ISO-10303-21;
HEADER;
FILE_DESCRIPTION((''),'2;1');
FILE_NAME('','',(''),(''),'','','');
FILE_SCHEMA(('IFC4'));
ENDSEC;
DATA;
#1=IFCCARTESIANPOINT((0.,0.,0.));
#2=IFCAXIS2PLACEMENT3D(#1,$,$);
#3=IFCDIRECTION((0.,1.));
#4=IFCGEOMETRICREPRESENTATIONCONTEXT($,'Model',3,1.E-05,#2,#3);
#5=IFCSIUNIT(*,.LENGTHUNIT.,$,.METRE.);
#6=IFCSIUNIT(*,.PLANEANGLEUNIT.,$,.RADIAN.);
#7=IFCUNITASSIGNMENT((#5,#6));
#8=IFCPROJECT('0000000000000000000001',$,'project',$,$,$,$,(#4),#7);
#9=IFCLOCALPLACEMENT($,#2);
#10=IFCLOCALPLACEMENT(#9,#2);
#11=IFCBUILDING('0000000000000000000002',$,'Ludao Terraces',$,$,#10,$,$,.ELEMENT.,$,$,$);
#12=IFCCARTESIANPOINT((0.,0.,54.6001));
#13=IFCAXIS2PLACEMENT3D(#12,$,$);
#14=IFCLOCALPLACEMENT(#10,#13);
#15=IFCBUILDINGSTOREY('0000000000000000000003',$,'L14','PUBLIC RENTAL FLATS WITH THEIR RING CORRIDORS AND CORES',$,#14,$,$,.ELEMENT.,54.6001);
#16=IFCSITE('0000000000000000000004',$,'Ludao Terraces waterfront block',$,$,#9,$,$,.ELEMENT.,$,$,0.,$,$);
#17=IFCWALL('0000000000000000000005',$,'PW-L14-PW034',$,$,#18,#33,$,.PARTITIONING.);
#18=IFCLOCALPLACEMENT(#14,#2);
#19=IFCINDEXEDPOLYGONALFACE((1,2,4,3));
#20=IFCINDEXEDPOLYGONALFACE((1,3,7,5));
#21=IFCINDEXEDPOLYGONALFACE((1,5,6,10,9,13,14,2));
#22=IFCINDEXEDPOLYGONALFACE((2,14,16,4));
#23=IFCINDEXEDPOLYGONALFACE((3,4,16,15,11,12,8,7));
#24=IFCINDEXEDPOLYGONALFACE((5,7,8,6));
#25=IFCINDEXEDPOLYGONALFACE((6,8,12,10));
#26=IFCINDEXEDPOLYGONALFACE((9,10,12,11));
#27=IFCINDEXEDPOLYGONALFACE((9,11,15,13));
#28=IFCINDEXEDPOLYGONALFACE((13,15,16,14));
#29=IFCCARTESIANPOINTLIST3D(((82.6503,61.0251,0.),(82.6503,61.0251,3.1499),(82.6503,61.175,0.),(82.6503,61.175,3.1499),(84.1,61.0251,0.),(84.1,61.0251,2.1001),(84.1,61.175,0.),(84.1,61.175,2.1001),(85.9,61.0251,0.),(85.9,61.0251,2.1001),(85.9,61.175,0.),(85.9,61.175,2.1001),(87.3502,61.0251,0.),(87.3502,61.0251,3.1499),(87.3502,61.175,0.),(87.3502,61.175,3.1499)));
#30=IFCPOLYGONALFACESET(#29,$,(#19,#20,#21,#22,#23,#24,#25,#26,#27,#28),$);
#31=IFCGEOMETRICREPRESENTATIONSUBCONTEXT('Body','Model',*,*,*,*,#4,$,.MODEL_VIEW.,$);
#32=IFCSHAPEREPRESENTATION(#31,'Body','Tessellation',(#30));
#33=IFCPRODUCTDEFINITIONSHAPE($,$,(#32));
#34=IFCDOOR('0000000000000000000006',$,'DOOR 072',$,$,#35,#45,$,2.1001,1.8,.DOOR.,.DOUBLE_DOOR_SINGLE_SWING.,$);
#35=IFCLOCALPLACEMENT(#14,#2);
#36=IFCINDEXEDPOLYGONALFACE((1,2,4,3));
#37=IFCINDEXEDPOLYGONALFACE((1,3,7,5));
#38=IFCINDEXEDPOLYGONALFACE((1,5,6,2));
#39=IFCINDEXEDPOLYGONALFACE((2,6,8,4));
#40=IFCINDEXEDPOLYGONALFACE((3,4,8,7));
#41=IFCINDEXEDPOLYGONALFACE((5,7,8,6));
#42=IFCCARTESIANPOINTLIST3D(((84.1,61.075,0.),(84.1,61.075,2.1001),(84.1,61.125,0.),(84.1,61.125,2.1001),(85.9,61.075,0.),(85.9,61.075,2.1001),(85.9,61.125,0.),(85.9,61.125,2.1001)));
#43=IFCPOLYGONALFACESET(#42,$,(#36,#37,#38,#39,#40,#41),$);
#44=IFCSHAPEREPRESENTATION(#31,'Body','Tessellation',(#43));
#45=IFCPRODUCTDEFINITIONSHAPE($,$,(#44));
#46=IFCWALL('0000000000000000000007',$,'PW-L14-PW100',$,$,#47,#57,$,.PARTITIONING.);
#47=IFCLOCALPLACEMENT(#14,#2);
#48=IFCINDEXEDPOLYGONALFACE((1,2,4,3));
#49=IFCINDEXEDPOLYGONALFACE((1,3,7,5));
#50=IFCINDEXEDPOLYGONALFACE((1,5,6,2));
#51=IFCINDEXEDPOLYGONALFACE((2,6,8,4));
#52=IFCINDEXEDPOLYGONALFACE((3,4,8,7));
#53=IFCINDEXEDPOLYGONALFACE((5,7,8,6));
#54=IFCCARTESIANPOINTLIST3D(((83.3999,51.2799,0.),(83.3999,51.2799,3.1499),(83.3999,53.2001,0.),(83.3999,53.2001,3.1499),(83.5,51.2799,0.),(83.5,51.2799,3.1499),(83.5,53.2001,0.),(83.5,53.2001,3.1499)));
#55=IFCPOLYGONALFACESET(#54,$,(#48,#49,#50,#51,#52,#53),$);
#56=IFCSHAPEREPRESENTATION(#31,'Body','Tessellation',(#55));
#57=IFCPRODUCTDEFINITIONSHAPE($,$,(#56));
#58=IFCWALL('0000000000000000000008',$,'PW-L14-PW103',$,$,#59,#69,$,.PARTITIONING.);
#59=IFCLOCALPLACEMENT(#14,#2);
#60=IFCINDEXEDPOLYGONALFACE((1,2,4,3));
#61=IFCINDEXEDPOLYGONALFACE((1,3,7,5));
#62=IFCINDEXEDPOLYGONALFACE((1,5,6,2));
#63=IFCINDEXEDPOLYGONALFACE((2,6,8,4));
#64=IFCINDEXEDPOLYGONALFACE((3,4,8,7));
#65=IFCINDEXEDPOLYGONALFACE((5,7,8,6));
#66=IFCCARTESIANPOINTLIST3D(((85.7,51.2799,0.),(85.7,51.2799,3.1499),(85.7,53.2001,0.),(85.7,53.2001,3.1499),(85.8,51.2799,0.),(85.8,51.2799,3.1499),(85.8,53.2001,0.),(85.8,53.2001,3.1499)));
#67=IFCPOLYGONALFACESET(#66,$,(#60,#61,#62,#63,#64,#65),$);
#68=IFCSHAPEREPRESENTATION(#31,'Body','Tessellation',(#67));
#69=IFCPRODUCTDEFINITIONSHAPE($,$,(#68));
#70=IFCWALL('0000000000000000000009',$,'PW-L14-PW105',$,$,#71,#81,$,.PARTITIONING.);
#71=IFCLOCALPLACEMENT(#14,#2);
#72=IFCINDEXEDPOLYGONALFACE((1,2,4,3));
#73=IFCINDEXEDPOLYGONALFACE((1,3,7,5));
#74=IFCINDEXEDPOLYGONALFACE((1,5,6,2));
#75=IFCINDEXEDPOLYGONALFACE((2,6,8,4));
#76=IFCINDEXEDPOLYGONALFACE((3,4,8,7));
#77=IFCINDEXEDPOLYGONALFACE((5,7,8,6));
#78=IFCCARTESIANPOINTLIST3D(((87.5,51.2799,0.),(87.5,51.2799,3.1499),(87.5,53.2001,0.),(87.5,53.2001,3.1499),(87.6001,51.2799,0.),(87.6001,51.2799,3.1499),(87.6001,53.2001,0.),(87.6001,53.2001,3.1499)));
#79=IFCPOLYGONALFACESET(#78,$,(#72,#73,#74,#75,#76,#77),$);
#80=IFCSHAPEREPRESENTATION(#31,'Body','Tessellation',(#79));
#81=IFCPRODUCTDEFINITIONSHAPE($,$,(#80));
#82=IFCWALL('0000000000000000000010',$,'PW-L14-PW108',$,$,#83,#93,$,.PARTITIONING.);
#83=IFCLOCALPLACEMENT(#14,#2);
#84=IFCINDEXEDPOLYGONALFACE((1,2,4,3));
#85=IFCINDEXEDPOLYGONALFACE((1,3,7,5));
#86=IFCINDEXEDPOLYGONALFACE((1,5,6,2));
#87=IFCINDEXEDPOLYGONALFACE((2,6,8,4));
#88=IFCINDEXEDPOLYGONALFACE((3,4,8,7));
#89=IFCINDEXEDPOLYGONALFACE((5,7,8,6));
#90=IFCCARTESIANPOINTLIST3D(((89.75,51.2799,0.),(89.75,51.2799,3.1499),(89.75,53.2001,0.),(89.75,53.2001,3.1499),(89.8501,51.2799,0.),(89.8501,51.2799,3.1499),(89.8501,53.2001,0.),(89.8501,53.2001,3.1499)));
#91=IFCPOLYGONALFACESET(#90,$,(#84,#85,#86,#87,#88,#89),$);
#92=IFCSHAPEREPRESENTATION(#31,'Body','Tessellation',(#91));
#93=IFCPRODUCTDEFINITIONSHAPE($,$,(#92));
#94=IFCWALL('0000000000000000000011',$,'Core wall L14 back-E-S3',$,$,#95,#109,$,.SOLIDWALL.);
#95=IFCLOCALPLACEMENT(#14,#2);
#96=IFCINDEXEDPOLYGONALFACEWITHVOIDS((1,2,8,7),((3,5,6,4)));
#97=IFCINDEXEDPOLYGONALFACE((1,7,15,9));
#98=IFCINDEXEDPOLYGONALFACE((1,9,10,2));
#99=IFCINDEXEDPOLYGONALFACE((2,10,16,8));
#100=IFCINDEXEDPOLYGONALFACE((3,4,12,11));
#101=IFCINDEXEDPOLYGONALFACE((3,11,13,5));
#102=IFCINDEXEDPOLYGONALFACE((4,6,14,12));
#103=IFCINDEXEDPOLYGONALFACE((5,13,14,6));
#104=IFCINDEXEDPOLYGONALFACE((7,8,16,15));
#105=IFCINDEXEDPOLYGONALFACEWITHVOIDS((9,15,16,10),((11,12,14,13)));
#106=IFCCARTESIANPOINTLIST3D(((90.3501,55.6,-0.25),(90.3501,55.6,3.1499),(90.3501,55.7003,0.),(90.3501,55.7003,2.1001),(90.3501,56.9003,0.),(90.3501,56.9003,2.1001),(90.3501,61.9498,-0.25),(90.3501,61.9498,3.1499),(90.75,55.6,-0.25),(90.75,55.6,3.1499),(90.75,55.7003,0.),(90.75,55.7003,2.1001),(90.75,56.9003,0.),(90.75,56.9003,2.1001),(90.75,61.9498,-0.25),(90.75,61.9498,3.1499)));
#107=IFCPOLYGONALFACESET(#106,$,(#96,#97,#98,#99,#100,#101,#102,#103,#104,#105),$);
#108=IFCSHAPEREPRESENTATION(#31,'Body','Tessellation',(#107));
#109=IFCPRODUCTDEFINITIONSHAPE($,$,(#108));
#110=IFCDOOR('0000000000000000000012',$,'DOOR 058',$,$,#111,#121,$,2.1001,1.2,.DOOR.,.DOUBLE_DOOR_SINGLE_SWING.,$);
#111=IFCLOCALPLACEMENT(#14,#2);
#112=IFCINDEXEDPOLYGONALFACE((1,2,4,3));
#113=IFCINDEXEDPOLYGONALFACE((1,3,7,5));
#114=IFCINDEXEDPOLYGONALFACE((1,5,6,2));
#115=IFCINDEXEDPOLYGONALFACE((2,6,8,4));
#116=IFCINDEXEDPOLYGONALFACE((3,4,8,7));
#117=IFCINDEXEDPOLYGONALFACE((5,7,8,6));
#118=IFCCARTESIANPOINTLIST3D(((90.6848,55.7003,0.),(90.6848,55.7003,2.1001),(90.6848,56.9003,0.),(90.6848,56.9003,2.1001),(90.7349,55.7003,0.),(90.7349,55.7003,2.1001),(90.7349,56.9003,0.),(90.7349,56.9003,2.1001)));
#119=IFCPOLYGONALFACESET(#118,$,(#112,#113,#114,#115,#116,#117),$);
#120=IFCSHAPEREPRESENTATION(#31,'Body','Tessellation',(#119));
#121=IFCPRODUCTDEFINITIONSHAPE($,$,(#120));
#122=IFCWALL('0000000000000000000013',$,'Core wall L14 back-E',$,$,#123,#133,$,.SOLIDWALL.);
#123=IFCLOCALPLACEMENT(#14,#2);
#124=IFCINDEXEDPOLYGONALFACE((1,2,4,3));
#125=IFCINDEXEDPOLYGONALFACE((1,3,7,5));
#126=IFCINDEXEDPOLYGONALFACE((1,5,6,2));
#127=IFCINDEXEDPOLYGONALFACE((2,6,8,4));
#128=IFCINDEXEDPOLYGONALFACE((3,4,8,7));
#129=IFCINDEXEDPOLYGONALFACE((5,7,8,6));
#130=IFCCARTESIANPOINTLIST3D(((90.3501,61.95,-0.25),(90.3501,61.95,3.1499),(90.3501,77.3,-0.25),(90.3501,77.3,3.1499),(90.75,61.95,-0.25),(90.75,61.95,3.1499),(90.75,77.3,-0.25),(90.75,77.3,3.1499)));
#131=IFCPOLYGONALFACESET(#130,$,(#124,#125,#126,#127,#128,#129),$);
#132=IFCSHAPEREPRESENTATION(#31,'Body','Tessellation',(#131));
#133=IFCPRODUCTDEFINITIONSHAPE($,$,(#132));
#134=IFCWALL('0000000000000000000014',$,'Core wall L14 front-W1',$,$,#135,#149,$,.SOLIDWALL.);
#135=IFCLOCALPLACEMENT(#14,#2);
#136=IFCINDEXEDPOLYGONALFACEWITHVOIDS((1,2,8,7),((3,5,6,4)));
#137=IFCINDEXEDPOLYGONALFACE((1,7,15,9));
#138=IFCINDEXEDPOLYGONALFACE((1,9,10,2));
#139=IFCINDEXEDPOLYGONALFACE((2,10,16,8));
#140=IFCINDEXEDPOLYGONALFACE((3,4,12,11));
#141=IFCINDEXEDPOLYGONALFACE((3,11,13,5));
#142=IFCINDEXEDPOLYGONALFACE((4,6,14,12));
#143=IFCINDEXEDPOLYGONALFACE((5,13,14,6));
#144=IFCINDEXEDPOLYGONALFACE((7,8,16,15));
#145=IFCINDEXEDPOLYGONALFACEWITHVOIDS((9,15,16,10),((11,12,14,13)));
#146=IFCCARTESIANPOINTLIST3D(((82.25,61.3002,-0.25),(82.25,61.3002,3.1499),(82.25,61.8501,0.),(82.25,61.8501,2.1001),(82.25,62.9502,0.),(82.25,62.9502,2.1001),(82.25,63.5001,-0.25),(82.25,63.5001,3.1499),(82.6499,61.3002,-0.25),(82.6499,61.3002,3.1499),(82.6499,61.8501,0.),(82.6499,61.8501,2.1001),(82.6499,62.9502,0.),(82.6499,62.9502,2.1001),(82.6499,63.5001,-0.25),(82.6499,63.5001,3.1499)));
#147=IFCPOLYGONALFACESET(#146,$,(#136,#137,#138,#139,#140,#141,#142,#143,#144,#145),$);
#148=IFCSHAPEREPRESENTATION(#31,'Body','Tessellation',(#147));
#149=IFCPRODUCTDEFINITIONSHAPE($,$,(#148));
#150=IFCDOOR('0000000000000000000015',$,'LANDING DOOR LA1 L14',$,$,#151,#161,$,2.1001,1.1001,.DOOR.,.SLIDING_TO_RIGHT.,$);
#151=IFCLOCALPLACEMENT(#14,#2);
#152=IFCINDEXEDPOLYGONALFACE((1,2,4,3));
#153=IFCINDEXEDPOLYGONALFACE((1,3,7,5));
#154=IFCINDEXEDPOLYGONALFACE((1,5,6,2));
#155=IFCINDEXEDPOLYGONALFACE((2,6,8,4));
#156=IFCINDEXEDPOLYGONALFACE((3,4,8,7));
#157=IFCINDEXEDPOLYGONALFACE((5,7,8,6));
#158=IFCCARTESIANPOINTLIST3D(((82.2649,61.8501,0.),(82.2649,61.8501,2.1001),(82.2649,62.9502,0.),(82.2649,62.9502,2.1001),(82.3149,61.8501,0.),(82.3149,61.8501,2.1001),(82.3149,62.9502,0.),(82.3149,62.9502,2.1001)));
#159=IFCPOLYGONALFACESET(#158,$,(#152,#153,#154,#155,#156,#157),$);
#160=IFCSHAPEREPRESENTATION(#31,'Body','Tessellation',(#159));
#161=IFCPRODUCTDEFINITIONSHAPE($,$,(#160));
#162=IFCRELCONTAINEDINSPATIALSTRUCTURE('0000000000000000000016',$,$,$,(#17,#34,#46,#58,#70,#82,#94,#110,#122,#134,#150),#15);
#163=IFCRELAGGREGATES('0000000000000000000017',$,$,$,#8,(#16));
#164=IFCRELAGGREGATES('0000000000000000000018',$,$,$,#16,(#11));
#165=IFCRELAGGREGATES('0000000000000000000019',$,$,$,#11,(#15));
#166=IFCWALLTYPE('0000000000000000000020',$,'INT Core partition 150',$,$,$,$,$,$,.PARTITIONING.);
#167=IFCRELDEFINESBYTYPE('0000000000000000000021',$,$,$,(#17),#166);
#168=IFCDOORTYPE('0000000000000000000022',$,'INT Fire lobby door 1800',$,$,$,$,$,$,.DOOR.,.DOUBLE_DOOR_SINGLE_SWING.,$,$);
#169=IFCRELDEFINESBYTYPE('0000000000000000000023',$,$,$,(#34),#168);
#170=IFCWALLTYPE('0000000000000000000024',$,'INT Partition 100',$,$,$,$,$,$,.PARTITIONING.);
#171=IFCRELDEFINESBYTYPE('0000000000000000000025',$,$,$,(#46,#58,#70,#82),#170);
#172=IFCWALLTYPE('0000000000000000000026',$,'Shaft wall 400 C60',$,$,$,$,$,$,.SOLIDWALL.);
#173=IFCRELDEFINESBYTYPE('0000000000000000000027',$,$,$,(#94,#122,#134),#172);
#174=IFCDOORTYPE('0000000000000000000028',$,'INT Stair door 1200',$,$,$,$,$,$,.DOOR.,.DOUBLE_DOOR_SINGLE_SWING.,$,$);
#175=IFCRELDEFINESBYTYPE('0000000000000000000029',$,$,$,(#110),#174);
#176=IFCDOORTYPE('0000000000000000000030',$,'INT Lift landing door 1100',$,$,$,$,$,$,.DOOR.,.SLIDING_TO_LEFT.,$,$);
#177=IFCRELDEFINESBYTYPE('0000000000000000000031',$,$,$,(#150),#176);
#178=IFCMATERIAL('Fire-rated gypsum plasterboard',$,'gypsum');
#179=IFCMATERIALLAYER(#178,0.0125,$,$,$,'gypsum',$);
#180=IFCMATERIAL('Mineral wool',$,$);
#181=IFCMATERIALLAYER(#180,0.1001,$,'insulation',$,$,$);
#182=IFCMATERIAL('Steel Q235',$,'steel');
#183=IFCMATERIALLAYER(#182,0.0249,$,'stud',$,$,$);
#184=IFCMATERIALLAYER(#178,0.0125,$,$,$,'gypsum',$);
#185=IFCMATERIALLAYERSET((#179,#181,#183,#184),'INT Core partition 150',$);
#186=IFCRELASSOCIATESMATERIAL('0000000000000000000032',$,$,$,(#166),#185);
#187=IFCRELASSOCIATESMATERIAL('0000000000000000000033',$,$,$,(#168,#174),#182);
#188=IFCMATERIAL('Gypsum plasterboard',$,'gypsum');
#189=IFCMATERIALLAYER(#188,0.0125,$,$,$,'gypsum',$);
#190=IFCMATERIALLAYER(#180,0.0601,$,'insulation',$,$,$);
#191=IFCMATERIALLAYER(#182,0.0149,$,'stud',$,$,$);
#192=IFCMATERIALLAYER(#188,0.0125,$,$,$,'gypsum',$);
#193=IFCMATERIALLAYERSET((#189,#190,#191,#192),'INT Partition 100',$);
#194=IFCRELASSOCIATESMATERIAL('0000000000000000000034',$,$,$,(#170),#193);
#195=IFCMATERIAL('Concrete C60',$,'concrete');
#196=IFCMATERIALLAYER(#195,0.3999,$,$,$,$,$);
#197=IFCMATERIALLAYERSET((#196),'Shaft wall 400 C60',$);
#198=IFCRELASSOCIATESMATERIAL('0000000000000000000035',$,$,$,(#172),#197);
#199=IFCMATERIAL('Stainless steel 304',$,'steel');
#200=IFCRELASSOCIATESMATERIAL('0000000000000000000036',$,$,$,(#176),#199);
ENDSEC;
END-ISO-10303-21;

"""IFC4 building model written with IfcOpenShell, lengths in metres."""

from ifc_helpers import new_model, si_unit, direction, frame, frame_2d, origin, place, context, subcontext, project, spatial, rectangle, extrude, material, layer, layer_set, type_object, element, fill, save


model = new_model("IFC4")

# Units and contexts
model_context = context("Model", 3, precision=1e-05, world=origin(), true_north=direction((0.0, 1.0)))
body_context = subcontext(model_context, "Body", "Model", "MODEL_VIEW")
ifc_project = project(units=[si_unit("LENGTHUNIT", "METRE"), si_unit("PLANEANGLEUNIT", "RADIAN")], contexts=[model_context])

# Site, building, storey
site_placement = place(None, origin())
site = spatial("IfcSite", under=ifc_project, at=site_placement, Name="Ludao Terraces waterfront block", CompositionType="ELEMENT", RefElevation=0.0)
building_placement = place(site_placement, origin())
building = spatial("IfcBuilding", under=site, at=building_placement, Name="Ludao Terraces", CompositionType="ELEMENT")
storey_placement = place(building_placement, frame((0.0, 0.0, 54.6001)))
storey = spatial("IfcBuildingStorey", under=building, at=storey_placement, Name="L14", Description="PUBLIC RENTAL FLATS WITH THEIR RING CORRIDORS AND CORES", CompositionType="ELEMENT", Elevation=54.6001)

# Wall, opening, door
ifc_material_1 = material(Name="Fire-rated gypsum plasterboard", Category="gypsum")
ifc_layer_1 = layer(ifc_material_1, 0.0125, Category="gypsum")
ifc_material_2 = material(Name="Mineral wool")
ifc_layer_2 = layer(ifc_material_2, 0.1001, Name="insulation")
ifc_material_3 = material(Name="Steel Q235", Category="steel")
ifc_layer_3 = layer(ifc_material_3, 0.0249, Name="stud")
ifc_layer_4 = layer(ifc_material_1, 0.0125, Category="gypsum")
ifc_layer_set_1 = layer_set([ifc_layer_1, ifc_layer_2, ifc_layer_3, ifc_layer_4], Name="INT Core partition 150")
wall_type_1 = type_object("IfcWallType", Name="INT Core partition 150", PredefinedType="PARTITIONING", material=ifc_layer_set_1)
wall_1_placement = place(storey_placement, frame((82.6501, 61.1001, 0.0), z_axis=(0.0, 0.0, 1.0), x_axis=(1.0, 0.0, 0.0)))
wall_1 = element("IfcWall", 1, at=wall_1_placement, inside=storey, type_object=wall_type_1, Name="PW-L14-PW034", PredefinedType="PARTITIONING", context=body_context, shape_type="SweptSolid", body=[
    extrude(rectangle(XDim=4.7, YDim=0.1499, at=frame_2d((2.3501, 0.0))), origin(), (0.0, 0.0, 1.0), 3.1499),
])
opening_1_placement = place(wall_1_placement, frame((1.45, 0.0, 0.0)))
opening_1 = element("IfcOpeningElement", 2, at=opening_1_placement, cuts=wall_1, PredefinedType="OPENING", context=body_context, shape_type="SweptSolid", body=[
    extrude(rectangle(XDim=1.8, YDim=2.1001, at=frame_2d((0.8999, 1.05))), frame((0.0, 0.085, 0.0), z_axis=(0.0, -1.0, 0.0), x_axis=(1.0, 0.0, 0.0)), (0.0, 0.0, 1.0), 0.1699),
])
door_type_1 = type_object("IfcDoorType", Name="INT Fire lobby door 1800", OperationType="DOUBLE_DOOR_SINGLE_SWING", PredefinedType="DOOR", material=ifc_material_3)
door_1_placement = place(opening_1_placement, origin())
door_1 = element("IfcDoor", 3, at=door_1_placement, inside=storey, type_object=door_type_1, Name="DOOR 072", OperationType="DOUBLE_DOOR_SINGLE_SWING", OverallHeight=2.1001, OverallWidth=1.8, PredefinedType="DOOR", context=body_context, shape_type="SweptSolid", body=[
    extrude(rectangle(XDim=1.8, YDim=2.1001, at=frame_2d((0.8999, 1.05))), frame((0.0, 0.0249, 0.0), z_axis=(0.0, -1.0, 0.0), x_axis=(1.0, 0.0, 0.0)), (0.0, 0.0, 1.0), 0.05),
])
fill(opening_1, door_1)

# Walls
ifc_material_4 = material(Name="Gypsum plasterboard", Category="gypsum")
ifc_layer_5 = layer(ifc_material_4, 0.0125, Category="gypsum")
ifc_layer_6 = layer(ifc_material_2, 0.0601, Name="insulation")
ifc_layer_7 = layer(ifc_material_3, 0.0149, Name="stud")
ifc_layer_8 = layer(ifc_material_4, 0.0125, Category="gypsum")
ifc_layer_set_2 = layer_set([ifc_layer_5, ifc_layer_6, ifc_layer_7, ifc_layer_8], Name="INT Partition 100")
wall_type_2 = type_object("IfcWallType", Name="INT Partition 100", PredefinedType="PARTITIONING", material=ifc_layer_set_2)
for number, where, z_axis, x_axis, name in (
    (4, (83.45, 51.28, 0.0), (0.0, 0.0, 1.0), (0.0, 1.0, 0.0), "PW-L14-PW100"),
    (5, (85.75, 51.28, 0.0), (0.0, 0.0, 1.0), (0.0, 1.0, 0.0), "PW-L14-PW103"),
    (6, (87.55, 51.28, 0.0), (0.0, 0.0, 1.0), (0.0, 1.0, 0.0), "PW-L14-PW105"),
    (7, (89.8, 51.28, 0.0), (0.0, 0.0, 1.0), (0.0, 1.0, 0.0), "PW-L14-PW108"),
):
    element("IfcWall", number, at=place(storey_placement, frame(where, z_axis=z_axis, x_axis=x_axis)), inside=storey, type_object=wall_type_2, Name=name, PredefinedType="PARTITIONING", context=body_context, shape_type="SweptSolid", body=[
        extrude(rectangle(XDim=1.9202, YDim=0.1001, at=frame_2d((0.96, 0.0))), origin(), (0.0, 0.0, 1.0), 3.1499),
    ])

# Wall, opening, door
ifc_material_5 = material(Name="Concrete C60", Category="concrete")
ifc_layer_9 = layer(ifc_material_5, 0.3999)
ifc_layer_set_3 = layer_set([ifc_layer_9], Name="Shaft wall 400 C60")
wall_type_3 = type_object("IfcWallType", Name="Shaft wall 400 C60", PredefinedType="SOLIDWALL", material=ifc_layer_set_3)
wall_2_placement = place(storey_placement, frame((90.55, 55.6001, -0.25), z_axis=(0.0, 0.0, 1.0), x_axis=(0.0, 1.0, 0.0)))
wall_2 = element("IfcWall", 8, at=wall_2_placement, inside=storey, type_object=wall_type_3, Name="Core wall L14 back-E-S3", PredefinedType="SOLIDWALL", context=body_context, shape_type="SweptSolid", body=[
    extrude(rectangle(XDim=6.3499, YDim=0.3999, at=frame_2d((3.1748, 0.0))), origin(), (0.0, 0.0, 1.0), 3.3999),
])
opening_2_placement = place(wall_2_placement, frame((0.1001, 0.0, 0.25)))
opening_2 = element("IfcOpeningElement", 9, at=opening_2_placement, cuts=wall_2, PredefinedType="OPENING", context=body_context, shape_type="SweptSolid", body=[
    extrude(rectangle(XDim=1.2, YDim=2.1001, at=frame_2d((0.6001, 1.05))), frame((0.0, 0.21, 0.0), z_axis=(0.0, -1.0, 0.0), x_axis=(1.0, 0.0, 0.0)), (0.0, 0.0, 1.0), 0.4199),
])
door_type_2 = type_object("IfcDoorType", Name="INT Stair door 1200", OperationType="DOUBLE_DOOR_SINGLE_SWING", PredefinedType="DOOR", material=ifc_material_3)
door_2_placement = place(opening_2_placement, origin())
door_2 = element("IfcDoor", 10, at=door_2_placement, inside=storey, type_object=door_type_2, Name="DOOR 058", OperationType="DOUBLE_DOOR_SINGLE_SWING", OverallHeight=2.1001, OverallWidth=1.2, PredefinedType="DOOR", context=body_context, shape_type="SweptSolid", body=[
    extrude(rectangle(XDim=1.2, YDim=2.1001, at=frame_2d((0.6001, 1.05))), frame((0.0, -0.1348, 0.0), z_axis=(0.0, -1.0, 0.0), x_axis=(1.0, 0.0, 0.0)), (0.0, 0.0, 1.0), 0.05),
])
fill(opening_2, door_2)

# Wall
wall_3_placement = place(storey_placement, frame((90.55, 61.95, -0.25), z_axis=(0.0, 0.0, 1.0), x_axis=(0.0, 1.0, 0.0)))
element("IfcWall", 11, at=wall_3_placement, inside=storey, type_object=wall_type_3, Name="Core wall L14 back-E", PredefinedType="SOLIDWALL", context=body_context, shape_type="SweptSolid", body=[
    extrude(rectangle(XDim=15.3501, YDim=0.3999, at=frame_2d((7.675, 0.0))), origin(), (0.0, 0.0, 1.0), 3.3999),
])

# Wall, opening, door
wall_4_placement = place(storey_placement, frame((82.45, 61.3, -0.25), z_axis=(0.0, 0.0, 1.0), x_axis=(0.0, 1.0, 0.0)))
wall_4 = element("IfcWall", 12, at=wall_4_placement, inside=storey, type_object=wall_type_3, Name="Core wall L14 front-W1", PredefinedType="SOLIDWALL", context=body_context, shape_type="SweptSolid", body=[
    extrude(rectangle(XDim=2.2, YDim=0.3999, at=frame_2d((1.1001, 0.0))), origin(), (0.0, 0.0, 1.0), 3.3999),
])
opening_3_placement = place(wall_4_placement, frame((0.55, 0.0, 0.25)))
opening_3 = element("IfcOpeningElement", 13, at=opening_3_placement, cuts=wall_4, PredefinedType="OPENING", context=body_context, shape_type="SweptSolid", body=[
    extrude(rectangle(XDim=1.1001, YDim=2.1001, at=frame_2d((0.55, 1.05))), frame((0.0, 0.21, 0.0), z_axis=(0.0, -1.0, 0.0), x_axis=(1.0, 0.0, 0.0)), (0.0, 0.0, 1.0), 0.4199),
])
ifc_material_6 = material(Name="Stainless steel 304", Category="steel")
door_type_3 = type_object("IfcDoorType", Name="INT Lift landing door 1100", OperationType="SLIDING_TO_LEFT", PredefinedType="DOOR", material=ifc_material_6)
door_3_placement = place(opening_3_placement, origin())
door_3 = element("IfcDoor", 14, at=door_3_placement, inside=storey, type_object=door_type_3, Name="LANDING DOOR LA1 L14", OperationType="SLIDING_TO_RIGHT", OverallHeight=2.1001, OverallWidth=1.1001, PredefinedType="DOOR", context=body_context, shape_type="SweptSolid", body=[
    extrude(rectangle(XDim=1.1001, YDim=2.1001, at=frame_2d((0.55, 1.05))), frame((0.0, 0.1851, 0.0), z_axis=(0.0, -1.0, 0.0), x_axis=(1.0, 0.0, 0.0)), (0.0, 0.0, 1.0), 0.05),
])
fill(opening_3, door_3)

save(model, "model.ifc")
